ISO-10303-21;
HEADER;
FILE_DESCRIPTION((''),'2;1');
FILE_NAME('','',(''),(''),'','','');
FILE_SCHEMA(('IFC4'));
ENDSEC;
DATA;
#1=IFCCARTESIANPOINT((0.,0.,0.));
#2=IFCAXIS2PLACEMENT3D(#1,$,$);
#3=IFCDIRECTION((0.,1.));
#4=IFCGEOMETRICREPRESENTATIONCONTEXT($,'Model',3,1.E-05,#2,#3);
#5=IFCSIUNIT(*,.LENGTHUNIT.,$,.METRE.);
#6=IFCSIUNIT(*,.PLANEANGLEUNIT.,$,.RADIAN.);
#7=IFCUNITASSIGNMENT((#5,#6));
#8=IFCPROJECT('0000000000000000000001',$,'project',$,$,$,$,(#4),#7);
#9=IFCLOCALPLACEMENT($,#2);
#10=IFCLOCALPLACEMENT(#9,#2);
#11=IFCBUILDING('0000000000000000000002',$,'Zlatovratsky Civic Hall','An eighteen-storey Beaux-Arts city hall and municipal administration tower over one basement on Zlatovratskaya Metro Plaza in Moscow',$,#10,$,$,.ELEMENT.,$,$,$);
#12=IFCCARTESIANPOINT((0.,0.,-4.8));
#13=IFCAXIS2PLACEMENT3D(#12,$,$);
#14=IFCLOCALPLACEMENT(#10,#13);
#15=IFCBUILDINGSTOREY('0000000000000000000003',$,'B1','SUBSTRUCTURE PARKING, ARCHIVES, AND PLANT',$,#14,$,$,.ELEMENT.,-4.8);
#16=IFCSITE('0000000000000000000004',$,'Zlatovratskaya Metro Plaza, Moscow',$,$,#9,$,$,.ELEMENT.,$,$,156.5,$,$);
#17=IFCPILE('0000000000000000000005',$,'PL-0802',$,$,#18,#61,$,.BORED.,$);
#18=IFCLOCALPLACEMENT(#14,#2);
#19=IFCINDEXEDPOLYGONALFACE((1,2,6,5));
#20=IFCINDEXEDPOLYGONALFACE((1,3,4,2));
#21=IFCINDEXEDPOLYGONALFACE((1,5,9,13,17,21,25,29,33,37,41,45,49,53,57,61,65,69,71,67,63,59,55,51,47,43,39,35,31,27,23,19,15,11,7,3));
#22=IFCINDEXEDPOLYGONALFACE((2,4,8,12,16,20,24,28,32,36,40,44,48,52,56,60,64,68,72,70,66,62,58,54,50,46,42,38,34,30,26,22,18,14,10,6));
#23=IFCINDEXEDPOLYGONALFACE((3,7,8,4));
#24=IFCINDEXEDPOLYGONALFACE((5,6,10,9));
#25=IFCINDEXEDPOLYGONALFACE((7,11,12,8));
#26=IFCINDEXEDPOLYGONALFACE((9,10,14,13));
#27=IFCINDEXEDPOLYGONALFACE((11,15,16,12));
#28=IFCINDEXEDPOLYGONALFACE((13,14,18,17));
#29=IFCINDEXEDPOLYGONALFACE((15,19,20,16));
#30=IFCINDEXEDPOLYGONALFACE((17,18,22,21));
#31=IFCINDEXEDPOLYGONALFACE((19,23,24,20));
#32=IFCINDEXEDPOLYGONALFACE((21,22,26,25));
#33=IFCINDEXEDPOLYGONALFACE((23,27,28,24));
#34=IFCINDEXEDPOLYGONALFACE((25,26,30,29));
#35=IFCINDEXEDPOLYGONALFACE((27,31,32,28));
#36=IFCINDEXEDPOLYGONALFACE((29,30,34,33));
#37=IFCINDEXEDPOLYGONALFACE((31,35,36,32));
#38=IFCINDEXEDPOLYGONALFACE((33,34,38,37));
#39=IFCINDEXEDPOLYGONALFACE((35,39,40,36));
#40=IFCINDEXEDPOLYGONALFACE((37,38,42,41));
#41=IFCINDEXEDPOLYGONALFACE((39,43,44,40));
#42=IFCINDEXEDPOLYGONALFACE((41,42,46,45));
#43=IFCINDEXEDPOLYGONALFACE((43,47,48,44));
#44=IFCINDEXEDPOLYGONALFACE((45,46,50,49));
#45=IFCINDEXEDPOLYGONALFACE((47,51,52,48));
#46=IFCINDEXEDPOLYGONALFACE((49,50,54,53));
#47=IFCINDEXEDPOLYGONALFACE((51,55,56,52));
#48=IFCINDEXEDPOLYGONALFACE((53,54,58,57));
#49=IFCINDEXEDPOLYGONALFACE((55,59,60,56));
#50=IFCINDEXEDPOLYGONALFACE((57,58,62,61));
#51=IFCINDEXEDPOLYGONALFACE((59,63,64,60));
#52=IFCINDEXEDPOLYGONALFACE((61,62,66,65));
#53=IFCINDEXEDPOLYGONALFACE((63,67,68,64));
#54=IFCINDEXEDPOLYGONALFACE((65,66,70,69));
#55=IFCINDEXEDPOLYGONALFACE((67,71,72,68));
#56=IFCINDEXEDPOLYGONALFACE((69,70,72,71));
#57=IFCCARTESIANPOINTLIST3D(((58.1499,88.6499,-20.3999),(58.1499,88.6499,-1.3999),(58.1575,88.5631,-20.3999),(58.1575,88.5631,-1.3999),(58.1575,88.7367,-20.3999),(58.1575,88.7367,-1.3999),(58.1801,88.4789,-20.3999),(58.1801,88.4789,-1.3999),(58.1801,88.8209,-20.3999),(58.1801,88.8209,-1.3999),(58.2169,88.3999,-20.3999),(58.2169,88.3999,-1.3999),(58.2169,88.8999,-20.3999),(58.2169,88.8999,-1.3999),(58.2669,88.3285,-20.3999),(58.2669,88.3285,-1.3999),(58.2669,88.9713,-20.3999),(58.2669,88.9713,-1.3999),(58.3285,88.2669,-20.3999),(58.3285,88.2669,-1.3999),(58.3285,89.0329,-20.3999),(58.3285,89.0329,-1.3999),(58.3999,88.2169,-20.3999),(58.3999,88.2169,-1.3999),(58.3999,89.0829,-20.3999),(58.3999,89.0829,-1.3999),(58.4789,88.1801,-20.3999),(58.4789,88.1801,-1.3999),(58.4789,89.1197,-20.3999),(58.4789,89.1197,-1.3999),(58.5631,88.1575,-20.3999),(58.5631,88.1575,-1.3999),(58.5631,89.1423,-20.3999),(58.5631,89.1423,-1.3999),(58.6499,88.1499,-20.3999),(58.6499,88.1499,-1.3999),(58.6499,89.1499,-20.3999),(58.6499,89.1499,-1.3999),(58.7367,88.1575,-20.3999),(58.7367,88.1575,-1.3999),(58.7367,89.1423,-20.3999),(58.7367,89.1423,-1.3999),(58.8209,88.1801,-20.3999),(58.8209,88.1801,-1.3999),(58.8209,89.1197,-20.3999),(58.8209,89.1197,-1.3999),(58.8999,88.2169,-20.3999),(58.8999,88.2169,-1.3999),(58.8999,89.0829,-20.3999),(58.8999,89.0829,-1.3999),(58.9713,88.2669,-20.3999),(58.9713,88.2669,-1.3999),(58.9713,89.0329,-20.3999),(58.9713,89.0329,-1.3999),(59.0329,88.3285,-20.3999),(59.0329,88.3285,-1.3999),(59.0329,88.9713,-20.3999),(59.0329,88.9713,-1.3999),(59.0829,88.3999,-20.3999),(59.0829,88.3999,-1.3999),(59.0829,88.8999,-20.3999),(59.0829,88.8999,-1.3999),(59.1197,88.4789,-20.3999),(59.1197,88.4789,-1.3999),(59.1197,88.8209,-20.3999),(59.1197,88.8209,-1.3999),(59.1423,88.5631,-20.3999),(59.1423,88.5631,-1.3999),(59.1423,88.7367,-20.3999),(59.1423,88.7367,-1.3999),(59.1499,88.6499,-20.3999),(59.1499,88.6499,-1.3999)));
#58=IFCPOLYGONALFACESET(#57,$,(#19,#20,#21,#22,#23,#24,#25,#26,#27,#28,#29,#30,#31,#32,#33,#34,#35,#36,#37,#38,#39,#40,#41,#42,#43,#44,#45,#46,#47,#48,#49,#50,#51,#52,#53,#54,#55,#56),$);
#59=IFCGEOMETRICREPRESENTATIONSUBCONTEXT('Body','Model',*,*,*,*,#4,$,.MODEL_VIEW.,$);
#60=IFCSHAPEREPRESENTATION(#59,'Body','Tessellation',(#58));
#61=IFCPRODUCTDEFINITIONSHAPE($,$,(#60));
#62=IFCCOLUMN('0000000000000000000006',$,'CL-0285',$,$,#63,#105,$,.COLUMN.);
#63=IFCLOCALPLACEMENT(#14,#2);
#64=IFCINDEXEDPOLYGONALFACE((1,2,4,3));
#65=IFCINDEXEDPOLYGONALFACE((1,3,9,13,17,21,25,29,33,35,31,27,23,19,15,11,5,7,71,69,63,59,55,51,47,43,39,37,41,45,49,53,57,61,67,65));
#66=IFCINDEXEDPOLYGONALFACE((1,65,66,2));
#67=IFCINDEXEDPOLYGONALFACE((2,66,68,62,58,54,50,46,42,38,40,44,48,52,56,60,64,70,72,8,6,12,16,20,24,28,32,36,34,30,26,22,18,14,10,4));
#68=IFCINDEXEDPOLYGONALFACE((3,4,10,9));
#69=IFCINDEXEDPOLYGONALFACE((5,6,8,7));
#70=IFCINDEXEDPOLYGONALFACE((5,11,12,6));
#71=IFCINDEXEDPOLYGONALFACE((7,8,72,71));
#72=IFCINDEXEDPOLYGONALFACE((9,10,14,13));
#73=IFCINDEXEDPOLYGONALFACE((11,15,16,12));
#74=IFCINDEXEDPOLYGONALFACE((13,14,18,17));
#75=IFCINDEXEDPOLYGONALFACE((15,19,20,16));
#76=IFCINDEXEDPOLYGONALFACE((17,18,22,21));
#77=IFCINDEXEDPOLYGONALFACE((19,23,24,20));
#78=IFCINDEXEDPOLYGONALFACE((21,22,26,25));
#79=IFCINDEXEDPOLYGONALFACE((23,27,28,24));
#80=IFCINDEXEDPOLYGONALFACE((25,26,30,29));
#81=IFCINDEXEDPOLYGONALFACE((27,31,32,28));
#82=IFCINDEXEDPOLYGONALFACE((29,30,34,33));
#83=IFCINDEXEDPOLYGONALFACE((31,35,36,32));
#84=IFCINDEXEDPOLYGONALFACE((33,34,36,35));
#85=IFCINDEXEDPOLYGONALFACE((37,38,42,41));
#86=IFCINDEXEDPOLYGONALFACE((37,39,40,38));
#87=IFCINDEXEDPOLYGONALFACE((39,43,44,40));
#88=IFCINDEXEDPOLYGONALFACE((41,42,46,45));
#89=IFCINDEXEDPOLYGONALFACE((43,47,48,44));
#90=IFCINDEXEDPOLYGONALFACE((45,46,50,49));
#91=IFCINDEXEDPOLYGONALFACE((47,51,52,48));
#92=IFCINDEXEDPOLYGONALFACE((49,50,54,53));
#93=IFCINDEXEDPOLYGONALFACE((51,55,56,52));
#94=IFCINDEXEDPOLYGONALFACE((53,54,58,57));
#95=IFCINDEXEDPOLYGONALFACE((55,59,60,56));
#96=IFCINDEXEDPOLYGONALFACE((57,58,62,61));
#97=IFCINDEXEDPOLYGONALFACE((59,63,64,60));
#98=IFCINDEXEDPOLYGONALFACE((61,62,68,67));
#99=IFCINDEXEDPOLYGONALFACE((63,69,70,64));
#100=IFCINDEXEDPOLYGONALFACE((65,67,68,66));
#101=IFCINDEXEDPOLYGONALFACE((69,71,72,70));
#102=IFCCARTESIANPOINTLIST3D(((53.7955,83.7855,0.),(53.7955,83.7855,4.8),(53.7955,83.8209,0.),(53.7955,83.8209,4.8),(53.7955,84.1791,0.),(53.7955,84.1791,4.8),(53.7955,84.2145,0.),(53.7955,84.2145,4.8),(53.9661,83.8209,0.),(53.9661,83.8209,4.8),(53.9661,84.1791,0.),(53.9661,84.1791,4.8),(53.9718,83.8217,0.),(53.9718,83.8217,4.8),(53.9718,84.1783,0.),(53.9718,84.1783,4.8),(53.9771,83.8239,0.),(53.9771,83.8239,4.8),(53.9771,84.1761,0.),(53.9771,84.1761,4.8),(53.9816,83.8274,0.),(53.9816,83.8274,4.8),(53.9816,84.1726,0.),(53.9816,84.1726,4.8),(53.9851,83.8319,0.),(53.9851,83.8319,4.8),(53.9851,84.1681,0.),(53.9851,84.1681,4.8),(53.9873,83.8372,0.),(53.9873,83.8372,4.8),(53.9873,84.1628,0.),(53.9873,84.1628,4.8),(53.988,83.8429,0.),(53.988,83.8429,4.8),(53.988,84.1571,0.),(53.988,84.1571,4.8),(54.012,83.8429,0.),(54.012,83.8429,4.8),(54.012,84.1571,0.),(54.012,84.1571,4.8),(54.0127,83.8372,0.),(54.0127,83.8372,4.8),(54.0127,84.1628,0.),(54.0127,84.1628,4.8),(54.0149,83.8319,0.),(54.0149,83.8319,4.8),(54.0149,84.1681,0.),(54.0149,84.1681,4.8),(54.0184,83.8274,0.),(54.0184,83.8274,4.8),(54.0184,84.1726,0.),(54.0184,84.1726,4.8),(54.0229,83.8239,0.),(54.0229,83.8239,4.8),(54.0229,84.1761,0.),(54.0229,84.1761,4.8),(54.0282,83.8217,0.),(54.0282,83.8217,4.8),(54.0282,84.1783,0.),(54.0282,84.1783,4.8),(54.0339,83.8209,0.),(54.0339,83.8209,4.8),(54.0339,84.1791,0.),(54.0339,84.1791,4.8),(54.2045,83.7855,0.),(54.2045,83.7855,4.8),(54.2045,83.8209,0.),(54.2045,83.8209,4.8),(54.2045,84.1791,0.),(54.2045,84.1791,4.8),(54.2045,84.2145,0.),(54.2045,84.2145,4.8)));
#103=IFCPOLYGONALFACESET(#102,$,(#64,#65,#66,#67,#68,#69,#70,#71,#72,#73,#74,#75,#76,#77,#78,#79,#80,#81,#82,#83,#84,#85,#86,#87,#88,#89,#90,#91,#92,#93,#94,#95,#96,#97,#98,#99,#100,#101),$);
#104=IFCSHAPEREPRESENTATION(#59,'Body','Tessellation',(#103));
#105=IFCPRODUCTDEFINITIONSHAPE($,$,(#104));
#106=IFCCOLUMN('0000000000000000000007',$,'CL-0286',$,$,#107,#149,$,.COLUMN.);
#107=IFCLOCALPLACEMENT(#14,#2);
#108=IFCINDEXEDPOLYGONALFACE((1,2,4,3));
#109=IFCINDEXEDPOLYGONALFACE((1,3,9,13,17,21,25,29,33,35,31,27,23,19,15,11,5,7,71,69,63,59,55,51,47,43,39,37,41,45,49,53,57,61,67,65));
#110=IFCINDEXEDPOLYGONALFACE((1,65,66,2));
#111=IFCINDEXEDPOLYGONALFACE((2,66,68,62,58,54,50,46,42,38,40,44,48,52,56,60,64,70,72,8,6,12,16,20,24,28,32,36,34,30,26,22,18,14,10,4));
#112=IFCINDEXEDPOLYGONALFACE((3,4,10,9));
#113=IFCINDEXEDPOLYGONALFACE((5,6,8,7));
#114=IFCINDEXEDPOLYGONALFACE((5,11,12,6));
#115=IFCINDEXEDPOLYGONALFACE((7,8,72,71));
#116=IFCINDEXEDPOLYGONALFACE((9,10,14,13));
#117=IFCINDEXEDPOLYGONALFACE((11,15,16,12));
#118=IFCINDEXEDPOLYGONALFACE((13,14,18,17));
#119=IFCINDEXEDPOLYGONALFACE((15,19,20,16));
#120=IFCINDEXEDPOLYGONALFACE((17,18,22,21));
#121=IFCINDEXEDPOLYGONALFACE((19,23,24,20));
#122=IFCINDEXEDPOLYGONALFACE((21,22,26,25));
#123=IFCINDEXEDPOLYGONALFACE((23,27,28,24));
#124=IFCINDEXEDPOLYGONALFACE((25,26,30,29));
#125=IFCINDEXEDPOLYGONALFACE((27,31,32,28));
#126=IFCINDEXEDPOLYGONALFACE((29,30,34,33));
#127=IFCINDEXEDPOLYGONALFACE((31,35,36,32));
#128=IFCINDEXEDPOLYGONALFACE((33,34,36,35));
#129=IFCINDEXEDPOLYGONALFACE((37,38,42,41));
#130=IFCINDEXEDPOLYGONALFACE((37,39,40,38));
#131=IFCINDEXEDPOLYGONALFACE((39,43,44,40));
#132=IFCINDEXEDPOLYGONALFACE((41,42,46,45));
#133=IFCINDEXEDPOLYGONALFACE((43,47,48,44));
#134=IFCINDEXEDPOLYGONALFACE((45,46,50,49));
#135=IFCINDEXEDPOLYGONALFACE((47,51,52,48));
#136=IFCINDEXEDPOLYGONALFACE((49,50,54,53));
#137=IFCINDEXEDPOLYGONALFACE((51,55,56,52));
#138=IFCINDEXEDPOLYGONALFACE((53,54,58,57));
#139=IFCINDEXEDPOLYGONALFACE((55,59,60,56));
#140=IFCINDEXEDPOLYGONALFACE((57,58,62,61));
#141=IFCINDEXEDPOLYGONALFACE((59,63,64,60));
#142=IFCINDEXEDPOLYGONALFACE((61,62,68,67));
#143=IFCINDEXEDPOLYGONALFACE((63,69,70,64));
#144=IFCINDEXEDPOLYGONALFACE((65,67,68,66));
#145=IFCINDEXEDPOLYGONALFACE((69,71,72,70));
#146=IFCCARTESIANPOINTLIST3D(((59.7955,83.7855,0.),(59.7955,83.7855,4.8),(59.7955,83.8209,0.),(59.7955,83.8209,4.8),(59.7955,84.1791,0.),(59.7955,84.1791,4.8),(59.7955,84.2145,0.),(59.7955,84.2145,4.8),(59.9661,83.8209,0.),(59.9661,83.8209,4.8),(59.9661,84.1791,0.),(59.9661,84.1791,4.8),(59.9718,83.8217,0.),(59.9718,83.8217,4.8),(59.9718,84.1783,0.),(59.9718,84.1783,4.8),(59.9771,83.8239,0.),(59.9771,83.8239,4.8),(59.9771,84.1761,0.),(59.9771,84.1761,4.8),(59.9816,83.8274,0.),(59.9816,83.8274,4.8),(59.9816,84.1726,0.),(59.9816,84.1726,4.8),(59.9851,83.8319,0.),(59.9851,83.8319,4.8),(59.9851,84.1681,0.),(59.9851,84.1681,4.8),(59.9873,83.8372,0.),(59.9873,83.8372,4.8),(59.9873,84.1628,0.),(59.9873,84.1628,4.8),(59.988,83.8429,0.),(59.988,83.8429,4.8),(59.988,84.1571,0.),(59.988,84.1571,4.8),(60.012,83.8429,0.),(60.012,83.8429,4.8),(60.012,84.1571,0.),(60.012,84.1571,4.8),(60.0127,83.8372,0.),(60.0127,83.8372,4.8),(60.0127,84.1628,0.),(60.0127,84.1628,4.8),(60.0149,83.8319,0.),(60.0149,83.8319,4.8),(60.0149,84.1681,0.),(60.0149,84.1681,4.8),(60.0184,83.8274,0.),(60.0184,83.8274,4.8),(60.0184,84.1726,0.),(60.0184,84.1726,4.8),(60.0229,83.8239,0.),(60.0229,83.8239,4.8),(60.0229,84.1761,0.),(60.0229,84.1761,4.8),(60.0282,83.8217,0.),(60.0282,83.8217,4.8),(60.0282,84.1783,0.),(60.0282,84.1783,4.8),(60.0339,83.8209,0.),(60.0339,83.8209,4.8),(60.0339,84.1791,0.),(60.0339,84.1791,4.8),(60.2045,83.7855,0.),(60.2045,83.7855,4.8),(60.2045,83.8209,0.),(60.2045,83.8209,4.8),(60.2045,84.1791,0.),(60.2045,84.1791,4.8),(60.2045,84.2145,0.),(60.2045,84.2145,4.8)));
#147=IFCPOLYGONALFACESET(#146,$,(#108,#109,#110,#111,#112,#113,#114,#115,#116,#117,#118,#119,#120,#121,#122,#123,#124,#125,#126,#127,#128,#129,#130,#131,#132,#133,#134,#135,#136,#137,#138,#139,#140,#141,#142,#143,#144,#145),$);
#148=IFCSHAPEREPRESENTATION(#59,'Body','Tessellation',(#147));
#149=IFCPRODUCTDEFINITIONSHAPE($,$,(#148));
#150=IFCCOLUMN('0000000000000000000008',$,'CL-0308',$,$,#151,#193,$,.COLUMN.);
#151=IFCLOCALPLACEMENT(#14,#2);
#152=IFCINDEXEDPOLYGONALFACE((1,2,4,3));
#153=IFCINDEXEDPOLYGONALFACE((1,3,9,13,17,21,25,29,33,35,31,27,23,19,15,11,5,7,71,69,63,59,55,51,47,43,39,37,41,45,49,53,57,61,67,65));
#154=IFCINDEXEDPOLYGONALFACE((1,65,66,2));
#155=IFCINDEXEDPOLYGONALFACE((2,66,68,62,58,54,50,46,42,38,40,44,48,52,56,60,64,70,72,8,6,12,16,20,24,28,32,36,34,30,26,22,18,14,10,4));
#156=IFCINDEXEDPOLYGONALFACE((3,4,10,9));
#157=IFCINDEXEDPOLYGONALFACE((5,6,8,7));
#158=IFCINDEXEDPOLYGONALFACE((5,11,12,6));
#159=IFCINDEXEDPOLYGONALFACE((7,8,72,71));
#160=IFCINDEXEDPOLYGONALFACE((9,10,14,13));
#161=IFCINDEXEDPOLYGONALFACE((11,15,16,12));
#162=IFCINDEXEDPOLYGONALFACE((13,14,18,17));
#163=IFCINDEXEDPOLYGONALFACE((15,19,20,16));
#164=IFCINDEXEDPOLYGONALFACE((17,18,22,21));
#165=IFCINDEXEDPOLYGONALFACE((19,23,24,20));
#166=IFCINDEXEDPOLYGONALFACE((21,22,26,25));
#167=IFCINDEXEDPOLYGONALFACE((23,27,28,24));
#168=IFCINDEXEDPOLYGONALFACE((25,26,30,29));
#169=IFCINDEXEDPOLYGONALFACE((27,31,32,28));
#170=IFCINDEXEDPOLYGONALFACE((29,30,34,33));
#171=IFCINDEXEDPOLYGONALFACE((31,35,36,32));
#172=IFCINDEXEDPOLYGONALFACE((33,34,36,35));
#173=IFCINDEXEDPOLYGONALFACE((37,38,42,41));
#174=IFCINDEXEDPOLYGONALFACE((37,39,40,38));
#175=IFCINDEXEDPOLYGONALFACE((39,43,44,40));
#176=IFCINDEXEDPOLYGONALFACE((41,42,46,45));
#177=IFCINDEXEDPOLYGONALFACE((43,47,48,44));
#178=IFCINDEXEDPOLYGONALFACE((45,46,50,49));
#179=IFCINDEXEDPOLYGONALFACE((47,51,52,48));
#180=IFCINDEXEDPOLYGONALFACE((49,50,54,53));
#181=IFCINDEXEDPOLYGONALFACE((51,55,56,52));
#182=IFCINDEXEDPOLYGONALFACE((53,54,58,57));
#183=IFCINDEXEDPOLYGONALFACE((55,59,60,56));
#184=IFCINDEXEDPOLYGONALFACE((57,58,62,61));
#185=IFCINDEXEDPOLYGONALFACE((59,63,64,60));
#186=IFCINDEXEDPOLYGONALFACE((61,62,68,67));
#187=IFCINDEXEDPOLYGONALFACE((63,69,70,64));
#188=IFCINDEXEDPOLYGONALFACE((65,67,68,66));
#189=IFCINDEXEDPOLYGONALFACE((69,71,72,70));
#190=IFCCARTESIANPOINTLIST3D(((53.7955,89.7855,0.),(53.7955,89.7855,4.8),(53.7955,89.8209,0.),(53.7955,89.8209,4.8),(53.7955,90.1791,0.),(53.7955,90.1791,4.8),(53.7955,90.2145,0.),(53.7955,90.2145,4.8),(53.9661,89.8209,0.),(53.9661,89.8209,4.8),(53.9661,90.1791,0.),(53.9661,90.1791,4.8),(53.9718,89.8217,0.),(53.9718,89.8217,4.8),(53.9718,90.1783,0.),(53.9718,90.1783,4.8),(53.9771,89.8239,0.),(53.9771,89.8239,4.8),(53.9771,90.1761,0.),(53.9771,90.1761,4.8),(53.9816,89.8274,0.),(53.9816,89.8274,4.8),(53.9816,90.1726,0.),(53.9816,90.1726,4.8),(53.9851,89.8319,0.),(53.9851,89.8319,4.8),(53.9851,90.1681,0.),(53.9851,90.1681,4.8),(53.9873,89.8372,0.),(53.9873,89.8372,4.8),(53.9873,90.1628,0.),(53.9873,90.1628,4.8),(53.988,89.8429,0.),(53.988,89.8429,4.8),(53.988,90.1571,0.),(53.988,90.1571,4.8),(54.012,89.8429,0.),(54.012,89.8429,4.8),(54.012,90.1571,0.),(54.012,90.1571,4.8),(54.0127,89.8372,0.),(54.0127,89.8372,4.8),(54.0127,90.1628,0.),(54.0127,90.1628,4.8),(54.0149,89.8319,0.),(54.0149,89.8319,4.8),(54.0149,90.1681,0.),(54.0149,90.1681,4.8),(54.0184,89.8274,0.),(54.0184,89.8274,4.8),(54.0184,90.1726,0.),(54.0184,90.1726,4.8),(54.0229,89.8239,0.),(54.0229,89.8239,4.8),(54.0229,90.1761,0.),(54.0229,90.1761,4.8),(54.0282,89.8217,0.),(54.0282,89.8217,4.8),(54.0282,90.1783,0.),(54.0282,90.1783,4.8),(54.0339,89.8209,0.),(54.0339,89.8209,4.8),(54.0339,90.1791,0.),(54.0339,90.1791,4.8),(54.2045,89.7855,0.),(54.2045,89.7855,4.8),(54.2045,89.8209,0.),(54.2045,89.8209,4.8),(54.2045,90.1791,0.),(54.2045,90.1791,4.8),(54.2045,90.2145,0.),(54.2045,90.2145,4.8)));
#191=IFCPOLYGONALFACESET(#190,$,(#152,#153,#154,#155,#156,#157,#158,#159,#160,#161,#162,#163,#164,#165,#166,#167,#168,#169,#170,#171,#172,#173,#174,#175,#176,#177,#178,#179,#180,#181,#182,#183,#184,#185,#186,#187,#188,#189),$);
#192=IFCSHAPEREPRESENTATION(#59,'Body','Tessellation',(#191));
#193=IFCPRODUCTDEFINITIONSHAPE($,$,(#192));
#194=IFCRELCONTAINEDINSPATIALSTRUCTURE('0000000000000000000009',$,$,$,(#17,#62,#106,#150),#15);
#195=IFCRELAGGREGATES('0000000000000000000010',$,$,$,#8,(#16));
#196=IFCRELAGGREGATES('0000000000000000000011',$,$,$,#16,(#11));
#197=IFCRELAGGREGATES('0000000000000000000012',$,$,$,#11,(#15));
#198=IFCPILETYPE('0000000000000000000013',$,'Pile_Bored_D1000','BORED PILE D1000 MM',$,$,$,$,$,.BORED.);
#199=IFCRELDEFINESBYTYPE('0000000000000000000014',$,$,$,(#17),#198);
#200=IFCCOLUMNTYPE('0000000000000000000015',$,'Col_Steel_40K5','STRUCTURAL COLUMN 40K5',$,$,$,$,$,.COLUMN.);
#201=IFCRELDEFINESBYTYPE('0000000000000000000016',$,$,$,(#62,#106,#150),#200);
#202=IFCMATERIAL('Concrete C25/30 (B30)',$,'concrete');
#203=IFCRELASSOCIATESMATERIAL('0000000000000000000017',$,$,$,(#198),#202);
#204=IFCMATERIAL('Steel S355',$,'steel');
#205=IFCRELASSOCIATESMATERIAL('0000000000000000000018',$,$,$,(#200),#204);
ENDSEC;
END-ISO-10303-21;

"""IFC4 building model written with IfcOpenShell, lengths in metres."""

from ifc_helpers import new_model, si_unit, direction, frame, origin, origin_2d, place, context, subcontext, project, spatial, circle, i_section, extrude, material, material_profile, profile_set, type_object, element, save


model = new_model("IFC4")

# Units and contexts
model_context = context("Model", 3, precision=1e-05, world=origin(), true_north=direction((0.0, 1.0)))
body_context = subcontext(model_context, "Body", "Model", "MODEL_VIEW")
ifc_project = project(units=[si_unit("LENGTHUNIT", "METRE"), si_unit("PLANEANGLEUNIT", "RADIAN")], contexts=[model_context])

# Site, building, storey
site_placement = place(None, origin())
site = spatial("IfcSite", under=ifc_project, at=site_placement, Name="Zlatovratskaya Metro Plaza, Moscow", CompositionType="ELEMENT", RefElevation=156.5)
building_placement = place(site_placement, origin())
building = spatial("IfcBuilding", under=site, at=building_placement, Name="Zlatovratsky Civic Hall", Description="An eighteen-storey Beaux-Arts city hall and municipal administration tower over one basement on Zlatovratskaya Metro Plaza in Moscow", CompositionType="ELEMENT")
storey_placement = place(building_placement, frame((0.0, 0.0, -4.8)))
storey = spatial("IfcBuildingStorey", under=building, at=storey_placement, Name="B1", Description="SUBSTRUCTURE PARKING, ARCHIVES, AND PLANT", CompositionType="ELEMENT", Elevation=-4.8)

# Shared definitions
ifc_material_1 = material(Name="Concrete C25/30 (B30)", Category="concrete")

# Pile
ifc_material_profile_1 = material_profile(ifc_material_1, circle(Radius=0.5, at=origin_2d()), Name="PILE D1000")
ifc_profile_set_1 = profile_set([ifc_material_profile_1], Name="Concrete C25/30 (B30)")
pile_type = type_object("IfcPileType", Name="Pile_Bored_D1000", Description="BORED PILE D1000 MM", PredefinedType="BORED", material=ifc_profile_set_1)
for number, where, z_axis, x_axis, name in (
    (1, (58.6499, 88.6499, -1.3999), (0.0, 0.0, -1.0), (1.0, 0.0, 0.0), "PL-0802"),
):
    element("IfcPile", number, at=place(storey_placement, frame(where, z_axis=z_axis, x_axis=x_axis)), inside=storey, type_object=pile_type, Name=name, PredefinedType="BORED", context=body_context, shape_type="SweptSolid", body=[
        extrude(circle(Radius=0.5, at=origin_2d()), origin(), (0.0, 0.0, 1.0), 19.0),
    ])

# Columns
ifc_material_2 = material(Name="Steel S355", Category="steel")
ifc_material_profile_2 = material_profile(ifc_material_2, i_section(OverallWidth=0.4089, OverallDepth=0.429, WebThickness=0.0239, FlangeThickness=0.0354, FilletRadius=0.022, at=origin_2d()), Name="40K5")
ifc_profile_set_2 = profile_set([ifc_material_profile_2], Name="Steel S355")
column_type = type_object("IfcColumnType", Name="Col_Steel_40K5", Description="STRUCTURAL COLUMN 40K5", PredefinedType="COLUMN", material=ifc_profile_set_2)
for number, where, z_axis, x_axis, name in (
    (2, (54.0, 84.0, 0.0), (0.0, 0.0, 1.0), (1.0, 0.0, 0.0), "CL-0285"),
    (3, (60.0, 84.0, 0.0), (0.0, 0.0, 1.0), (1.0, 0.0, 0.0), "CL-0286"),
    (4, (54.0, 90.0, 0.0), (0.0, 0.0, 1.0), (1.0, 0.0, 0.0), "CL-0308"),
):
    element("IfcColumn", number, at=place(storey_placement, frame(where, z_axis=z_axis, x_axis=x_axis)), inside=storey, type_object=column_type, Name=name, PredefinedType="COLUMN", context=body_context, shape_type="SweptSolid", body=[
        extrude(i_section(OverallWidth=0.4089, OverallDepth=0.429, WebThickness=0.0239, FlangeThickness=0.0354, FilletRadius=0.022, at=origin_2d()), origin(), (0.0, 0.0, 1.0), 4.8),
    ])

save(model, "model.ifc")
